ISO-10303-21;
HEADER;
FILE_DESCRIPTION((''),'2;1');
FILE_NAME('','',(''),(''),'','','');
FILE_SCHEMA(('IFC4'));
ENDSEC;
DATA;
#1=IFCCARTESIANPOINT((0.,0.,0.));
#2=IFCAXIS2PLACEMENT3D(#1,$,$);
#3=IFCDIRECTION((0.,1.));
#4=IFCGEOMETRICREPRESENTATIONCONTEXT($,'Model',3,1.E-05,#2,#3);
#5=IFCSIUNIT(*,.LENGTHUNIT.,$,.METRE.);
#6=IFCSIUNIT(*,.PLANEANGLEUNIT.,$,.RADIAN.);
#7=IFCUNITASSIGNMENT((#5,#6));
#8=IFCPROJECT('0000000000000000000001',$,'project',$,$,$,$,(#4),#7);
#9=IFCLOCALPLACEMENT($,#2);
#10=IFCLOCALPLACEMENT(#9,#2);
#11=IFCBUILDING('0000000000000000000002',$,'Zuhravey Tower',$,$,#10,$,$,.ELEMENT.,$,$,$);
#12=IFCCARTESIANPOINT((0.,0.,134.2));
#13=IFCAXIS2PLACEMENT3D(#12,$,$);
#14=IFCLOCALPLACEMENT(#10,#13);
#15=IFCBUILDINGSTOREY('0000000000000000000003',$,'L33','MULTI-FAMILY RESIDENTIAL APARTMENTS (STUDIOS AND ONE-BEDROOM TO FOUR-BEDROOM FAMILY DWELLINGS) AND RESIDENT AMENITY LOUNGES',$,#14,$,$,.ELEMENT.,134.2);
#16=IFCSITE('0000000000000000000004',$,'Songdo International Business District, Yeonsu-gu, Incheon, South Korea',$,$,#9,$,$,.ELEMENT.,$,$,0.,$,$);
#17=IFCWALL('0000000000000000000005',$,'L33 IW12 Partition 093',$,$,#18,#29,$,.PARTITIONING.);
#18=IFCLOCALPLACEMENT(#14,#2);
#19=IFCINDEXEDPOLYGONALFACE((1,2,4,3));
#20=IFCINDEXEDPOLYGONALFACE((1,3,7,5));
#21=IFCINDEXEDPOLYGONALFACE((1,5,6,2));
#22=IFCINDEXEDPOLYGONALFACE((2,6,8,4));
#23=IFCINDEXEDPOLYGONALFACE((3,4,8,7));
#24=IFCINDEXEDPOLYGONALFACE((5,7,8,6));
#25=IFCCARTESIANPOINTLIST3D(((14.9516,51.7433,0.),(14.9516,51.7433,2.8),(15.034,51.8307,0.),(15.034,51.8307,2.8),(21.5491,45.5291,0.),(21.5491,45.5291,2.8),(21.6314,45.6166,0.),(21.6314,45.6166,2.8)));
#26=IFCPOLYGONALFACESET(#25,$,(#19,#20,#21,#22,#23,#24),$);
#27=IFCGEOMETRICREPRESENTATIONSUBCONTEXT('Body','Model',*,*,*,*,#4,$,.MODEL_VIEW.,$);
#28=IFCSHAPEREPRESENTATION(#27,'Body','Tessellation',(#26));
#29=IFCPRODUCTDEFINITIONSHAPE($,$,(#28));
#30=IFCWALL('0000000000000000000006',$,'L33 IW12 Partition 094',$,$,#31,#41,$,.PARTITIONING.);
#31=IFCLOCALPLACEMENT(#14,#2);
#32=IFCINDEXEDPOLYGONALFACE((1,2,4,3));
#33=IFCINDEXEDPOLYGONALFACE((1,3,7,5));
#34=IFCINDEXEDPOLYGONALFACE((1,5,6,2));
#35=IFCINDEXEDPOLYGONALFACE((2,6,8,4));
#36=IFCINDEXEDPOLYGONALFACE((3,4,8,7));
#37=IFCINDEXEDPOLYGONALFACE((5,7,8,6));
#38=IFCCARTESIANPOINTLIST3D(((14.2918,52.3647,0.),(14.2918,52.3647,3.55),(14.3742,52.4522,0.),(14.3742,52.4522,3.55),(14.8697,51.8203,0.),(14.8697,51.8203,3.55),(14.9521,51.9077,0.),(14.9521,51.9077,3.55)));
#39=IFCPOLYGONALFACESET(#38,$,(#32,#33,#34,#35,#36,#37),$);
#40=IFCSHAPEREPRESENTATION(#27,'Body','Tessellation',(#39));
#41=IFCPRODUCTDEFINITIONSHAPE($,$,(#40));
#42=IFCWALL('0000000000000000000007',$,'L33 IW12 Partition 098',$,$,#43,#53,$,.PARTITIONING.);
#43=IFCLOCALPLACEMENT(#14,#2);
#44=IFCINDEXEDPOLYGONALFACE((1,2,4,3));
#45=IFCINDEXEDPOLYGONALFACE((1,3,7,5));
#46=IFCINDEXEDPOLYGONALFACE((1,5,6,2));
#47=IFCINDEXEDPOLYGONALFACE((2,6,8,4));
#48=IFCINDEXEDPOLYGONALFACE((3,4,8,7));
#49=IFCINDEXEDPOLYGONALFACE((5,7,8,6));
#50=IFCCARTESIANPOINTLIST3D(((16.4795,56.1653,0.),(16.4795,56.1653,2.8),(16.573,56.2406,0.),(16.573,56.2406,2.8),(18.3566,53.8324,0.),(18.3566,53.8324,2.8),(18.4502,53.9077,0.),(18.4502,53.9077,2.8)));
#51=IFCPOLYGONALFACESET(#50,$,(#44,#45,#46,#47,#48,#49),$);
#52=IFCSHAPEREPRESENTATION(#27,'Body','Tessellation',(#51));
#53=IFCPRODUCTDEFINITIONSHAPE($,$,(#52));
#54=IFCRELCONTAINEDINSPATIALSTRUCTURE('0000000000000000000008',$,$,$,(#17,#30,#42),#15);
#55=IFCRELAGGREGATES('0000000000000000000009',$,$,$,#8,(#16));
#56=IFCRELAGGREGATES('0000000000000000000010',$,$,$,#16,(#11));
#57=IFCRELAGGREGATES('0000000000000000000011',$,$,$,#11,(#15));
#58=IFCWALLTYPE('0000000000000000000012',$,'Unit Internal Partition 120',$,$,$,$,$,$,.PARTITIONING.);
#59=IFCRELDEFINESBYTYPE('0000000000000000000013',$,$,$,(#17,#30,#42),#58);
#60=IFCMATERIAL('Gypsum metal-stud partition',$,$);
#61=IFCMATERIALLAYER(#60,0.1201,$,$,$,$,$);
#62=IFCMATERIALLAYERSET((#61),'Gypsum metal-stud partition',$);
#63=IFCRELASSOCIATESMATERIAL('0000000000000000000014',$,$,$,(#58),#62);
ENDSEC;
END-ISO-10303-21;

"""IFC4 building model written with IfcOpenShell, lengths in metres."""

from ifc_helpers import new_model, si_unit, direction, frame, frame_2d, origin, place, context, subcontext, project, spatial, rectangle, extrude, material, layer, layer_set, type_object, element, save


model = new_model("IFC4")

# Units and contexts
model_context = context("Model", 3, precision=1e-05, world=origin(), true_north=direction((0.0, 1.0)))
body_context = subcontext(model_context, "Body", "Model", "MODEL_VIEW")
ifc_project = project(units=[si_unit("LENGTHUNIT", "METRE"), si_unit("PLANEANGLEUNIT", "RADIAN")], contexts=[model_context])

# Site, building, storey
site_placement = place(None, origin())
site = spatial("IfcSite", under=ifc_project, at=site_placement, Name="Songdo International Business District, Yeonsu-gu, Incheon, South Korea", CompositionType="ELEMENT", RefElevation=0.0)
building_placement = place(site_placement, origin())
building = spatial("IfcBuilding", under=site, at=building_placement, Name="Zuhravey Tower", CompositionType="ELEMENT")
storey_placement = place(building_placement, frame((0.0, 0.0, 134.2)))
storey = spatial("IfcBuildingStorey", under=building, at=storey_placement, Name="L33", Description="MULTI-FAMILY RESIDENTIAL APARTMENTS (STUDIOS AND ONE-BEDROOM TO FOUR-BEDROOM FAMILY DWELLINGS) AND RESIDENT AMENITY LOUNGES", CompositionType="ELEMENT", Elevation=134.2)

# Walls
ifc_material_1 = material(Name="Gypsum metal-stud partition")
ifc_layer_1 = layer(ifc_material_1, 0.1201)
ifc_layer_set_1 = layer_set([ifc_layer_1], Name="Gypsum metal-stud partition")
wall_type_1 = type_object("IfcWallType", Name="Unit Internal Partition 120", PredefinedType="PARTITIONING", material=ifc_layer_set_1)
wall_1_placement = place(storey_placement, frame((21.5903, 45.5728, 0.0), z_axis=(0.0, 0.0, 1.0), x_axis=(-0.727937, 0.685644, 0.0)))
element("IfcWall", 1, at=wall_1_placement, inside=storey, type_object=wall_type_1, Name="L33 IW12 Partition 093", PredefinedType="PARTITIONING", context=body_context, shape_type="SweptSolid", body=[
    extrude(rectangle(XDim=9.0632, YDim=0.1201, at=frame_2d((4.5317, 0.0))), origin(), (0.0, 0.0, 1.0), 2.8),
])
wall_2_placement = place(storey_placement, frame((14.9109, 51.864, 0.0), z_axis=(0.0, 0.0, 1.0), x_axis=(-0.727857, 0.685729, 0.0)))
element("IfcWall", 2, at=wall_2_placement, inside=storey, type_object=wall_type_1, Name="L33 IW12 Partition 094", PredefinedType="PARTITIONING", context=body_context, shape_type="SweptSolid", body=[
    extrude(rectangle(XDim=0.7939, YDim=0.1201, at=frame_2d((0.397, 0.0))), origin(), (0.0, 0.0, 1.0), 3.55),
])
wall_3_placement = place(storey_placement, frame((18.4033, 53.8701, 0.0), z_axis=(0.0, 0.0, 1.0), x_axis=(-0.62689, 0.779108, 0.0)))
element("IfcWall", 3, at=wall_3_placement, inside=storey, type_object=wall_type_1, Name="L33 IW12 Partition 098", PredefinedType="PARTITIONING", context=body_context, shape_type="SweptSolid", body=[
    extrude(rectangle(XDim=2.9944, YDim=0.1201, at=frame_2d((1.4971, 0.0))), origin(), (0.0, 0.0, 1.0), 2.8),
])

save(model, "model.ifc")
